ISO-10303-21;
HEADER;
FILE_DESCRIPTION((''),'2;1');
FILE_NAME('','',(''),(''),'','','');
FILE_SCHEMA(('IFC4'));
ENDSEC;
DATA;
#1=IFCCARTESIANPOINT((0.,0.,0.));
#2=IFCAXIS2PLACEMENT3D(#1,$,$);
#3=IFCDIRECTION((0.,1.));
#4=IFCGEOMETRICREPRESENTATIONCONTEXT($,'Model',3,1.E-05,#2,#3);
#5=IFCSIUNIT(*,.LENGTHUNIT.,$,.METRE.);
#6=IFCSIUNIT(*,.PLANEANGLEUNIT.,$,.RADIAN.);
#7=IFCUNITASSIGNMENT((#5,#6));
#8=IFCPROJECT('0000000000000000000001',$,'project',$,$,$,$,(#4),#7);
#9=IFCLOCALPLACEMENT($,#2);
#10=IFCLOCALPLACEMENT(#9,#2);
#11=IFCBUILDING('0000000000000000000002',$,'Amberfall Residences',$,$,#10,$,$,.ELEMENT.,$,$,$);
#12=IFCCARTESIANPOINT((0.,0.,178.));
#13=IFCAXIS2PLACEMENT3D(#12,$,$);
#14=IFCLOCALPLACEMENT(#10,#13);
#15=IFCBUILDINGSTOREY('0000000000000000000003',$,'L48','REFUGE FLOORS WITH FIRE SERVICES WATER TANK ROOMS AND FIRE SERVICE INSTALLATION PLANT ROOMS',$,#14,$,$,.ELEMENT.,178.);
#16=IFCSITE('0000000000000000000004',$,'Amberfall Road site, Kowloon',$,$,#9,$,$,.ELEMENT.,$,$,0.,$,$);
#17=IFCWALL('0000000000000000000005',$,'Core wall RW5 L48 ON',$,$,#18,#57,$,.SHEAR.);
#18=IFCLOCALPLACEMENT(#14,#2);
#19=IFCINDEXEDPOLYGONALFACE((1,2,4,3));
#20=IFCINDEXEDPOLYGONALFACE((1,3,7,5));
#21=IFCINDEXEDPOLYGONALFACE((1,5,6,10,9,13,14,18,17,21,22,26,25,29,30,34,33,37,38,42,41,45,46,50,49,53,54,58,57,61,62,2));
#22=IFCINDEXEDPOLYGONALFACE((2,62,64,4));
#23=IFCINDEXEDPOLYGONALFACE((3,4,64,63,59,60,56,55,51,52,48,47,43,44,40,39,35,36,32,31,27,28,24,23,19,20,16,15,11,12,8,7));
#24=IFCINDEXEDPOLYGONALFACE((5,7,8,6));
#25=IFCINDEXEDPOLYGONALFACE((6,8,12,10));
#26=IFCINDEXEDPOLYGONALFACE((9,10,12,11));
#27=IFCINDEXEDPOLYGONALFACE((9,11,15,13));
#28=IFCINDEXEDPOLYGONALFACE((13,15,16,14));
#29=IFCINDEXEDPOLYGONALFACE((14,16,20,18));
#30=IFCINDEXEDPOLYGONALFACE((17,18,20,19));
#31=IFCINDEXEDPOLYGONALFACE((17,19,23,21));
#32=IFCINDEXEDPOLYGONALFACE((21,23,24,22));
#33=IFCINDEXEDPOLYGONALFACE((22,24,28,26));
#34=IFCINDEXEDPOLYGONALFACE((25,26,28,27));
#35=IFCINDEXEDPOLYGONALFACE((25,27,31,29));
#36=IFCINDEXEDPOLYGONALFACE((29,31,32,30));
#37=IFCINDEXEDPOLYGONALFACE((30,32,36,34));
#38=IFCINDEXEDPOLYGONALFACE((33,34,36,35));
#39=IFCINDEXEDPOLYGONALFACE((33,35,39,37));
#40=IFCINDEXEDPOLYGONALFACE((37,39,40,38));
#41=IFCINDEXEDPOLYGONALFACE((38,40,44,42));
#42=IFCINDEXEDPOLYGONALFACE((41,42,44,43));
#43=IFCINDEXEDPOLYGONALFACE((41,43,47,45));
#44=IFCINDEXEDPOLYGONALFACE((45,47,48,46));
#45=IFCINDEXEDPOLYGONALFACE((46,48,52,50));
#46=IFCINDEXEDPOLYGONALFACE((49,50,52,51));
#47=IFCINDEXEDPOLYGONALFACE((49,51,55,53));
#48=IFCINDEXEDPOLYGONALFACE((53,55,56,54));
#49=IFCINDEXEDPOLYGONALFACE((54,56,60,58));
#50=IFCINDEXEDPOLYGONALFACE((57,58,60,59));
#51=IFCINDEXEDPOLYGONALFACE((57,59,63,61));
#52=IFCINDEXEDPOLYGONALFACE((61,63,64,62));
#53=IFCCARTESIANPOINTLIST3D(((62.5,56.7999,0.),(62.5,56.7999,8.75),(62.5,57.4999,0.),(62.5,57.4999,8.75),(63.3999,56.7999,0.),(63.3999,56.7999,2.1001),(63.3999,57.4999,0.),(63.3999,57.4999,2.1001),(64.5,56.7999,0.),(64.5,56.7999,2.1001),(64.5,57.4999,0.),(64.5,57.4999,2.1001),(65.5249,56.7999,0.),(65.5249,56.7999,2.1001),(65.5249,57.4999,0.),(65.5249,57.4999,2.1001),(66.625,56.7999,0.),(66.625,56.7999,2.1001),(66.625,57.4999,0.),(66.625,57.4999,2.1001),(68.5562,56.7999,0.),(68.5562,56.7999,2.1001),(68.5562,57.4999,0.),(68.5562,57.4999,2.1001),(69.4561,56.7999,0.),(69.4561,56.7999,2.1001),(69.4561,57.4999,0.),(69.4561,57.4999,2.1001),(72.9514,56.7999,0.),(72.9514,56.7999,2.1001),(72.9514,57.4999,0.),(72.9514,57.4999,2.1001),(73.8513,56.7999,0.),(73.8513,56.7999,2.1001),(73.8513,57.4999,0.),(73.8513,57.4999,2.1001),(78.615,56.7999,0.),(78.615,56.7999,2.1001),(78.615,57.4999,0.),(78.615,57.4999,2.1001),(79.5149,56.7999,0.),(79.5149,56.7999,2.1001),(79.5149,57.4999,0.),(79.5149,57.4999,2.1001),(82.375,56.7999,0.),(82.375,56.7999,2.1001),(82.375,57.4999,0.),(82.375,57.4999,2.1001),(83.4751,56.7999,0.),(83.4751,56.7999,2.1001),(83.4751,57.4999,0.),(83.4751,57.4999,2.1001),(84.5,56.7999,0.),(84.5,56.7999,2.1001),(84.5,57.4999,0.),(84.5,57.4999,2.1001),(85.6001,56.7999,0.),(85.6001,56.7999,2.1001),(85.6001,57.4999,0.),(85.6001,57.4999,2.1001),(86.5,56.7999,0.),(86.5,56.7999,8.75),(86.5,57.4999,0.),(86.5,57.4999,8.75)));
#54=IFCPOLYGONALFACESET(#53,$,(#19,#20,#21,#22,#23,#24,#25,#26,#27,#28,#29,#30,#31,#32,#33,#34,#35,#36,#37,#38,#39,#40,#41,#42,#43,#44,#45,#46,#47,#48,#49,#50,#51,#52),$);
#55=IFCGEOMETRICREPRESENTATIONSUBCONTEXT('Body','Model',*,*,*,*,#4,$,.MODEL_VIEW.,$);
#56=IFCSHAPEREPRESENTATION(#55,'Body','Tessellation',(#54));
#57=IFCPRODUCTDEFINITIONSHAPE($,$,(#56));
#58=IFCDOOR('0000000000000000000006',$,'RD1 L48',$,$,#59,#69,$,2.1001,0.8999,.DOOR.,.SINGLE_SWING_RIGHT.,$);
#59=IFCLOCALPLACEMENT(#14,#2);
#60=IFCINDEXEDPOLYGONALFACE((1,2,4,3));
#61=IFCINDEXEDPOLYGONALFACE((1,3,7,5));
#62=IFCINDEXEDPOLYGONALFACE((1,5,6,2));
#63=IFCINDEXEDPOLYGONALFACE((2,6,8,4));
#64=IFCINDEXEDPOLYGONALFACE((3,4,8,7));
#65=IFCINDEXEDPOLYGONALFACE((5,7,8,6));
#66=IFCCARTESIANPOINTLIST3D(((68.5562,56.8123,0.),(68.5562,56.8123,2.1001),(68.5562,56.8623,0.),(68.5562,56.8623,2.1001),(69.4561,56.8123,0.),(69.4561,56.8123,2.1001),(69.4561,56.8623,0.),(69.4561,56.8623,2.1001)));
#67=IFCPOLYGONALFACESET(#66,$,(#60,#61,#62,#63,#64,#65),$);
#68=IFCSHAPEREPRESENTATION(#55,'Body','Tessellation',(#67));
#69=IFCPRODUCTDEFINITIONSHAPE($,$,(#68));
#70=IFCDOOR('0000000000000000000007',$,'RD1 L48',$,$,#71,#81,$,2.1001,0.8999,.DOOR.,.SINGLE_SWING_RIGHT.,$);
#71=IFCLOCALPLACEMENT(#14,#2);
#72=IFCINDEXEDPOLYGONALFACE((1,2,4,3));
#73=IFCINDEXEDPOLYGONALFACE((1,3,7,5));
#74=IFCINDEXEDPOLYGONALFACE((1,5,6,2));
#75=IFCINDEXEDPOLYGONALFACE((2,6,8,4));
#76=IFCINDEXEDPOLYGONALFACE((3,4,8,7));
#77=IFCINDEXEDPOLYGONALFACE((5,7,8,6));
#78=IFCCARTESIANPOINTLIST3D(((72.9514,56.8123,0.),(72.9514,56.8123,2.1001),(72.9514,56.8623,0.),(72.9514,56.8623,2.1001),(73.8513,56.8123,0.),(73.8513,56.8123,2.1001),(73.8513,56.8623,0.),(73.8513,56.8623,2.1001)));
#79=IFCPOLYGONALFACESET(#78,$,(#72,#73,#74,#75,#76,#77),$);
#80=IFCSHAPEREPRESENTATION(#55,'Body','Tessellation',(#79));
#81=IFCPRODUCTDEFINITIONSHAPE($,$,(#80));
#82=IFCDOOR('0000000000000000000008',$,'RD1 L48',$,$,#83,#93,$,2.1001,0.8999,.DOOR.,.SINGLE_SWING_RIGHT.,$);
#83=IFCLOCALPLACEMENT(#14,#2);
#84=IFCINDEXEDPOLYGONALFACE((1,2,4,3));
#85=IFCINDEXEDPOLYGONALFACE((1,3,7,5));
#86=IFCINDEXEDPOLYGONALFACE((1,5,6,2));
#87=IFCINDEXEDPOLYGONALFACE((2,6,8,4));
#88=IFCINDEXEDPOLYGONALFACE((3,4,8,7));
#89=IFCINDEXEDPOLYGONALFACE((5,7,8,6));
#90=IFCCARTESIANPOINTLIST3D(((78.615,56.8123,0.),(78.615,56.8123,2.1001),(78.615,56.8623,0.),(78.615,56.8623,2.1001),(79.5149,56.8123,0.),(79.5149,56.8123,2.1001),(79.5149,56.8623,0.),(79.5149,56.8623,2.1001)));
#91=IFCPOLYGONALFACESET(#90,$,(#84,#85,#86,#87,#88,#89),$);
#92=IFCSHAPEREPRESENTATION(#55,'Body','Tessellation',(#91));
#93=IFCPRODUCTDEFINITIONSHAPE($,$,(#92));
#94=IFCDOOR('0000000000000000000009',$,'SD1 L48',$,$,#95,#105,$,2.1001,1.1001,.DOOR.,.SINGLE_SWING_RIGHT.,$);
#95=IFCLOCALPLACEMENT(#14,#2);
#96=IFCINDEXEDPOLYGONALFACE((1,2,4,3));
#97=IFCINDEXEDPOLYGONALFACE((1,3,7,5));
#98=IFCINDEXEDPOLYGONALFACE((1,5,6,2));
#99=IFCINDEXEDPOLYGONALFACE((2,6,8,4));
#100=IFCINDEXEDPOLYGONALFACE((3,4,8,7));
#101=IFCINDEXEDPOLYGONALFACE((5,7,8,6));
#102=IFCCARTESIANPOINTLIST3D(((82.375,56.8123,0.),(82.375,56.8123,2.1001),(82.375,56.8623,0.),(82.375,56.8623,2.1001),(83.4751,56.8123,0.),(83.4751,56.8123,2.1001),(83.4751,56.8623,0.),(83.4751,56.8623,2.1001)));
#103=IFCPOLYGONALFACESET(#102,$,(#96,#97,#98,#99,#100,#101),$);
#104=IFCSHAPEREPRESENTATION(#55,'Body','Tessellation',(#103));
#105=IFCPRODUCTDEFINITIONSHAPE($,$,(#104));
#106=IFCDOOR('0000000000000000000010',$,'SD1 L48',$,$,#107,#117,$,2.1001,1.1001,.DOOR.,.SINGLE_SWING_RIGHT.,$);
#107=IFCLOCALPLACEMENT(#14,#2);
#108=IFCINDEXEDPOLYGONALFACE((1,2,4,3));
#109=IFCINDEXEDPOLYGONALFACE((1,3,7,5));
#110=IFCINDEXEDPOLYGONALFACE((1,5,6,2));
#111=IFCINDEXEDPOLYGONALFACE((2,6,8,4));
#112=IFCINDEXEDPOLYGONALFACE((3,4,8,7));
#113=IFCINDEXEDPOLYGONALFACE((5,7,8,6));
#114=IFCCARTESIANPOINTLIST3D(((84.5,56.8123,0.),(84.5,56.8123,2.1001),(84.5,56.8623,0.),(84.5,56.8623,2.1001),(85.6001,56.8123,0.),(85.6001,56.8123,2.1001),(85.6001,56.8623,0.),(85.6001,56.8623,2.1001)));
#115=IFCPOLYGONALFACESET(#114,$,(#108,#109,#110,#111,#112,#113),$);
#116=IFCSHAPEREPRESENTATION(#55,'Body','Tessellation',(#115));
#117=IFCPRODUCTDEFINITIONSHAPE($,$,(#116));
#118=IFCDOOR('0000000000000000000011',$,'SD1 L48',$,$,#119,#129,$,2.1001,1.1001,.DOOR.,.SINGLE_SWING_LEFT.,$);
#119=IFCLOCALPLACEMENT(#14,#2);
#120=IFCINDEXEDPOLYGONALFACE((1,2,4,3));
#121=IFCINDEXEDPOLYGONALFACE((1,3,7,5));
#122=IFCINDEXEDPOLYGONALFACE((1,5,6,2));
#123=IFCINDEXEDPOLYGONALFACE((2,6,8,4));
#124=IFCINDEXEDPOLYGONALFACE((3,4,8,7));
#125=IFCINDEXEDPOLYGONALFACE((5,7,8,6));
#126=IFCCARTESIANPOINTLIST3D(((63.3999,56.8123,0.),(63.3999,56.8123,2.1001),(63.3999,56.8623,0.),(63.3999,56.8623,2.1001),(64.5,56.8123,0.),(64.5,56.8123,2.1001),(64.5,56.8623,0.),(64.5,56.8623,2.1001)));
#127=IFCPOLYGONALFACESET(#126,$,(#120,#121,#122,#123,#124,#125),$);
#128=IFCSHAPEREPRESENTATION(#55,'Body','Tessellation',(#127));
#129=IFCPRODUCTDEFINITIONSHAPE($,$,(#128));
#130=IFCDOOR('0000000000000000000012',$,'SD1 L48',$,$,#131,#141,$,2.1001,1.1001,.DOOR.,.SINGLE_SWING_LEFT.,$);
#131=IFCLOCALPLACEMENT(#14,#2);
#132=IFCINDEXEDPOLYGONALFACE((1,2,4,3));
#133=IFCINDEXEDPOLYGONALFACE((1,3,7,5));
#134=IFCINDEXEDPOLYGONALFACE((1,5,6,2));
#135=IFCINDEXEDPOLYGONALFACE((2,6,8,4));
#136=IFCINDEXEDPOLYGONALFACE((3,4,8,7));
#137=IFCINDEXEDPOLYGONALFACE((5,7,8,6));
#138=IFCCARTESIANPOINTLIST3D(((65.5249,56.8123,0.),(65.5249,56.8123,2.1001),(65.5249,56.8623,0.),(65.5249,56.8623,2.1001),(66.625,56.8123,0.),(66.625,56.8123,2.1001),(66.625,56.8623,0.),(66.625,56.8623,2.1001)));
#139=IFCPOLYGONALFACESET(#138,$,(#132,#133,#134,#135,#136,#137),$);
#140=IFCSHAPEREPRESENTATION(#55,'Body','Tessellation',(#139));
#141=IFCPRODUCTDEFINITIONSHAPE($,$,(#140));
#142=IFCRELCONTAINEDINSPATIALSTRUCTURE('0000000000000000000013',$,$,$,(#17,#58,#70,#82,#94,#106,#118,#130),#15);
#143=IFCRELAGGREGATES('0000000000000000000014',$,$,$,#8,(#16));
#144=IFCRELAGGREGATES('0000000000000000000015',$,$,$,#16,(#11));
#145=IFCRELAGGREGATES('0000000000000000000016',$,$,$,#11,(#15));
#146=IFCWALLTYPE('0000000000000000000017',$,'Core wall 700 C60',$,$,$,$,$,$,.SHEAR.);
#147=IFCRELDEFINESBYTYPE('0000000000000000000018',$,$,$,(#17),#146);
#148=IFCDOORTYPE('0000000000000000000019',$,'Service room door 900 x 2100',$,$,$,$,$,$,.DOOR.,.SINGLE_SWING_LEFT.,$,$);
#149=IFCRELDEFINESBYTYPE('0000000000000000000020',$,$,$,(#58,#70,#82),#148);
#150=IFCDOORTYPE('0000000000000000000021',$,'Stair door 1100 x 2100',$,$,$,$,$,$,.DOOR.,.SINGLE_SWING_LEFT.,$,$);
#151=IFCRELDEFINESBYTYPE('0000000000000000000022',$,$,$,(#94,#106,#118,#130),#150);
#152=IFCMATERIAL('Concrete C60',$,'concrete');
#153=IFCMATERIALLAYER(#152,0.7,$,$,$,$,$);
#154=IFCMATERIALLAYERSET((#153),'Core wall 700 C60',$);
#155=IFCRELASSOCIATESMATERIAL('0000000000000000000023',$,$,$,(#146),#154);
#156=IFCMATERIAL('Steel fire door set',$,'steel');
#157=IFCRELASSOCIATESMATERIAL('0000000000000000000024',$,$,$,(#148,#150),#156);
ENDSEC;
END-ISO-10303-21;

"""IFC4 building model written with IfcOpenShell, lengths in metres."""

from ifc_helpers import new_model, si_unit, direction, frame, frame_2d, origin, place, context, subcontext, project, spatial, rectangle, extrude, material, layer, layer_set, type_object, element, fill, save


model = new_model("IFC4")

# Units and contexts
model_context = context("Model", 3, precision=1e-05, world=origin(), true_north=direction((0.0, 1.0)))
body_context = subcontext(model_context, "Body", "Model", "MODEL_VIEW")
ifc_project = project(units=[si_unit("LENGTHUNIT", "METRE"), si_unit("PLANEANGLEUNIT", "RADIAN")], contexts=[model_context])

# Site, building, storey
site_placement = place(None, origin())
site = spatial("IfcSite", under=ifc_project, at=site_placement, Name="Amberfall Road site, Kowloon", CompositionType="ELEMENT", RefElevation=0.0)
building_placement = place(site_placement, origin())
building = spatial("IfcBuilding", under=site, at=building_placement, Name="Amberfall Residences", CompositionType="ELEMENT")
storey_placement = place(building_placement, frame((0.0, 0.0, 178.0)))
storey = spatial("IfcBuildingStorey", under=building, at=storey_placement, Name="L48", Description="REFUGE FLOORS WITH FIRE SERVICES WATER TANK ROOMS AND FIRE SERVICE INSTALLATION PLANT ROOMS", CompositionType="ELEMENT", Elevation=178.0)

# Wall, openings, doors
ifc_material_1 = material(Name="Concrete C60", Category="concrete")
ifc_layer_1 = layer(ifc_material_1, 0.7)
ifc_layer_set_1 = layer_set([ifc_layer_1], Name="Core wall 700 C60")
wall_type_1 = type_object("IfcWallType", Name="Core wall 700 C60", PredefinedType="SHEAR", material=ifc_layer_set_1)
wall_1_placement = place(storey_placement, frame((62.5, 57.1499, 0.0), z_axis=(0.0, 0.0, 1.0), x_axis=(1.0, 0.0, 0.0)))
wall_1 = element("IfcWall", 1, at=wall_1_placement, inside=storey, type_object=wall_type_1, Name="Core wall RW5 L48 ON", PredefinedType="SHEAR", context=body_context, shape_type="SweptSolid", body=[
    extrude(rectangle(XDim=24.0, YDim=0.7, at=frame_2d((12.0, 0.0))), origin(), (0.0, 0.0, 1.0), 8.75),
])
opening_1_placement = place(wall_1_placement, frame((19.875, 0.0, 0.0)))
opening_1 = element("IfcOpeningElement", 2, at=opening_1_placement, cuts=wall_1, PredefinedType="OPENING", context=body_context, shape_type="SweptSolid", body=[
    extrude(rectangle(XDim=1.1001, YDim=2.1001, at=frame_2d((0.55, 1.05))), frame((0.0, 0.3599, 0.0), z_axis=(0.0, -1.0, 0.0), x_axis=(1.0, 0.0, 0.0)), (0.0, 0.0, 1.0), 0.72),
])
opening_2_placement = place(wall_1_placement, frame((22.0, 0.0, 0.0)))
opening_2 = element("IfcOpeningElement", 3, at=opening_2_placement, cuts=wall_1, PredefinedType="OPENING", context=body_context, shape_type="SweptSolid", body=[
    extrude(rectangle(XDim=1.1001, YDim=2.1001, at=frame_2d((0.55, 1.05))), frame((0.0, 0.3599, 0.0), z_axis=(0.0, -1.0, 0.0), x_axis=(1.0, 0.0, 0.0)), (0.0, 0.0, 1.0), 0.72),
])
opening_3_placement = place(wall_1_placement, frame((0.8999, 0.0, 0.0)))
opening_3 = element("IfcOpeningElement", 4, at=opening_3_placement, cuts=wall_1, PredefinedType="OPENING", context=body_context, shape_type="SweptSolid", body=[
    extrude(rectangle(XDim=1.1001, YDim=2.1001, at=frame_2d((0.55, 1.05))), frame((0.0, 0.3599, 0.0), z_axis=(0.0, -1.0, 0.0), x_axis=(1.0, 0.0, 0.0)), (0.0, 0.0, 1.0), 0.72),
])
opening_4_placement = place(wall_1_placement, frame((3.0249, 0.0, 0.0)))
opening_4 = element("IfcOpeningElement", 5, at=opening_4_placement, cuts=wall_1, PredefinedType="OPENING", context=body_context, shape_type="SweptSolid", body=[
    extrude(rectangle(XDim=1.1001, YDim=2.1001, at=frame_2d((0.55, 1.05))), frame((0.0, 0.3599, 0.0), z_axis=(0.0, -1.0, 0.0), x_axis=(1.0, 0.0, 0.0)), (0.0, 0.0, 1.0), 0.72),
])
opening_5_placement = place(wall_1_placement, frame((6.0562, 0.0, 0.0)))
opening_5 = element("IfcOpeningElement", 6, at=opening_5_placement, cuts=wall_1, PredefinedType="OPENING", context=body_context, shape_type="SweptSolid", body=[
    extrude(rectangle(XDim=0.8999, YDim=2.1001, at=frame_2d((0.45, 1.05))), frame((0.0, 0.3599, 0.0), z_axis=(0.0, -1.0, 0.0), x_axis=(1.0, 0.0, 0.0)), (0.0, 0.0, 1.0), 0.72),
])
opening_6_placement = place(wall_1_placement, frame((10.4514, 0.0, 0.0)))
opening_6 = element("IfcOpeningElement", 7, at=opening_6_placement, cuts=wall_1, PredefinedType="OPENING", context=body_context, shape_type="SweptSolid", body=[
    extrude(rectangle(XDim=0.8999, YDim=2.1001, at=frame_2d((0.45, 1.05))), frame((0.0, 0.3599, 0.0), z_axis=(0.0, -1.0, 0.0), x_axis=(1.0, 0.0, 0.0)), (0.0, 0.0, 1.0), 0.72),
])
opening_7_placement = place(wall_1_placement, frame((16.115, 0.0, 0.0)))
opening_7 = element("IfcOpeningElement", 8, at=opening_7_placement, cuts=wall_1, PredefinedType="OPENING", context=body_context, shape_type="SweptSolid", body=[
    extrude(rectangle(XDim=0.8999, YDim=2.1001, at=frame_2d((0.45, 1.05))), frame((0.0, 0.3599, 0.0), z_axis=(0.0, -1.0, 0.0), x_axis=(1.0, 0.0, 0.0)), (0.0, 0.0, 1.0), 0.72),
])
ifc_material_2 = material(Name="Steel fire door set", Category="steel")
door_type_1 = type_object("IfcDoorType", Name="Service room door 900 x 2100", OperationType="SINGLE_SWING_LEFT", PredefinedType="DOOR", material=ifc_material_2)
door_1_placement = place(opening_5_placement, origin())
door_1 = element("IfcDoor", 9, at=door_1_placement, inside=storey, type_object=door_type_1, Name="RD1 L48", OperationType="SINGLE_SWING_RIGHT", OverallHeight=2.1001, OverallWidth=0.8999, PredefinedType="DOOR", context=body_context, shape_type="SweptSolid", body=[
    extrude(rectangle(XDim=0.8999, YDim=2.1001, at=frame_2d((0.45, 1.05))), frame((0.0, -0.2876, 0.0), z_axis=(0.0, -1.0, 0.0), x_axis=(1.0, 0.0, 0.0)), (0.0, 0.0, 1.0), 0.05),
])
fill(opening_5, door_1)
door_2_placement = place(opening_6_placement, origin())
door_2 = element("IfcDoor", 10, at=door_2_placement, inside=storey, type_object=door_type_1, Name="RD1 L48", OperationType="SINGLE_SWING_RIGHT", OverallHeight=2.1001, OverallWidth=0.8999, PredefinedType="DOOR", context=body_context, shape_type="SweptSolid", body=[
    extrude(rectangle(XDim=0.8999, YDim=2.1001, at=frame_2d((0.45, 1.05))), frame((0.0, -0.2876, 0.0), z_axis=(0.0, -1.0, 0.0), x_axis=(1.0, 0.0, 0.0)), (0.0, 0.0, 1.0), 0.05),
])
fill(opening_6, door_2)
door_3_placement = place(opening_7_placement, origin())
door_3 = element("IfcDoor", 11, at=door_3_placement, inside=storey, type_object=door_type_1, Name="RD1 L48", OperationType="SINGLE_SWING_RIGHT", OverallHeight=2.1001, OverallWidth=0.8999, PredefinedType="DOOR", context=body_context, shape_type="SweptSolid", body=[
    extrude(rectangle(XDim=0.8999, YDim=2.1001, at=frame_2d((0.45, 1.05))), frame((0.0, -0.2876, 0.0), z_axis=(0.0, -1.0, 0.0), x_axis=(1.0, 0.0, 0.0)), (0.0, 0.0, 1.0), 0.05),
])
fill(opening_7, door_3)
door_type_2 = type_object("IfcDoorType", Name="Stair door 1100 x 2100", OperationType="SINGLE_SWING_LEFT", PredefinedType="DOOR", material=ifc_material_2)
door_4_placement = place(opening_1_placement, origin())
door_4 = element("IfcDoor", 12, at=door_4_placement, inside=storey, type_object=door_type_2, Name="SD1 L48", OperationType="SINGLE_SWING_RIGHT", OverallHeight=2.1001, OverallWidth=1.1001, PredefinedType="DOOR", context=body_context, shape_type="SweptSolid", body=[
    extrude(rectangle(XDim=1.1001, YDim=2.1001, at=frame_2d((0.55, 1.05))), frame((0.0, -0.2876, 0.0), z_axis=(0.0, -1.0, 0.0), x_axis=(1.0, 0.0, 0.0)), (0.0, 0.0, 1.0), 0.05),
])
fill(opening_1, door_4)
door_5_placement = place(opening_2_placement, origin())
door_5 = element("IfcDoor", 13, at=door_5_placement, inside=storey, type_object=door_type_2, Name="SD1 L48", OperationType="SINGLE_SWING_RIGHT", OverallHeight=2.1001, OverallWidth=1.1001, PredefinedType="DOOR", context=body_context, shape_type="SweptSolid", body=[
    extrude(rectangle(XDim=1.1001, YDim=2.1001, at=frame_2d((0.55, 1.05))), frame((0.0, -0.2876, 0.0), z_axis=(0.0, -1.0, 0.0), x_axis=(1.0, 0.0, 0.0)), (0.0, 0.0, 1.0), 0.05),
])
fill(opening_2, door_5)
door_6_placement = place(opening_3_placement, origin())
door_6 = element("IfcDoor", 14, at=door_6_placement, inside=storey, type_object=door_type_2, Name="SD1 L48", OperationType="SINGLE_SWING_LEFT", OverallHeight=2.1001, OverallWidth=1.1001, PredefinedType="DOOR", context=body_context, shape_type="SweptSolid", body=[
    extrude(rectangle(XDim=1.1001, YDim=2.1001, at=frame_2d((0.55, 1.05))), frame((0.0, -0.2876, 0.0), z_axis=(0.0, -1.0, 0.0), x_axis=(1.0, 0.0, 0.0)), (0.0, 0.0, 1.0), 0.05),
])
fill(opening_3, door_6)
door_7_placement = place(opening_4_placement, origin())
door_7 = element("IfcDoor", 15, at=door_7_placement, inside=storey, type_object=door_type_2, Name="SD1 L48", OperationType="SINGLE_SWING_LEFT", OverallHeight=2.1001, OverallWidth=1.1001, PredefinedType="DOOR", context=body_context, shape_type="SweptSolid", body=[
    extrude(rectangle(XDim=1.1001, YDim=2.1001, at=frame_2d((0.55, 1.05))), frame((0.0, -0.2876, 0.0), z_axis=(0.0, -1.0, 0.0), x_axis=(1.0, 0.0, 0.0)), (0.0, 0.0, 1.0), 0.05),
])
fill(opening_4, door_7)

save(model, "model.ifc")
